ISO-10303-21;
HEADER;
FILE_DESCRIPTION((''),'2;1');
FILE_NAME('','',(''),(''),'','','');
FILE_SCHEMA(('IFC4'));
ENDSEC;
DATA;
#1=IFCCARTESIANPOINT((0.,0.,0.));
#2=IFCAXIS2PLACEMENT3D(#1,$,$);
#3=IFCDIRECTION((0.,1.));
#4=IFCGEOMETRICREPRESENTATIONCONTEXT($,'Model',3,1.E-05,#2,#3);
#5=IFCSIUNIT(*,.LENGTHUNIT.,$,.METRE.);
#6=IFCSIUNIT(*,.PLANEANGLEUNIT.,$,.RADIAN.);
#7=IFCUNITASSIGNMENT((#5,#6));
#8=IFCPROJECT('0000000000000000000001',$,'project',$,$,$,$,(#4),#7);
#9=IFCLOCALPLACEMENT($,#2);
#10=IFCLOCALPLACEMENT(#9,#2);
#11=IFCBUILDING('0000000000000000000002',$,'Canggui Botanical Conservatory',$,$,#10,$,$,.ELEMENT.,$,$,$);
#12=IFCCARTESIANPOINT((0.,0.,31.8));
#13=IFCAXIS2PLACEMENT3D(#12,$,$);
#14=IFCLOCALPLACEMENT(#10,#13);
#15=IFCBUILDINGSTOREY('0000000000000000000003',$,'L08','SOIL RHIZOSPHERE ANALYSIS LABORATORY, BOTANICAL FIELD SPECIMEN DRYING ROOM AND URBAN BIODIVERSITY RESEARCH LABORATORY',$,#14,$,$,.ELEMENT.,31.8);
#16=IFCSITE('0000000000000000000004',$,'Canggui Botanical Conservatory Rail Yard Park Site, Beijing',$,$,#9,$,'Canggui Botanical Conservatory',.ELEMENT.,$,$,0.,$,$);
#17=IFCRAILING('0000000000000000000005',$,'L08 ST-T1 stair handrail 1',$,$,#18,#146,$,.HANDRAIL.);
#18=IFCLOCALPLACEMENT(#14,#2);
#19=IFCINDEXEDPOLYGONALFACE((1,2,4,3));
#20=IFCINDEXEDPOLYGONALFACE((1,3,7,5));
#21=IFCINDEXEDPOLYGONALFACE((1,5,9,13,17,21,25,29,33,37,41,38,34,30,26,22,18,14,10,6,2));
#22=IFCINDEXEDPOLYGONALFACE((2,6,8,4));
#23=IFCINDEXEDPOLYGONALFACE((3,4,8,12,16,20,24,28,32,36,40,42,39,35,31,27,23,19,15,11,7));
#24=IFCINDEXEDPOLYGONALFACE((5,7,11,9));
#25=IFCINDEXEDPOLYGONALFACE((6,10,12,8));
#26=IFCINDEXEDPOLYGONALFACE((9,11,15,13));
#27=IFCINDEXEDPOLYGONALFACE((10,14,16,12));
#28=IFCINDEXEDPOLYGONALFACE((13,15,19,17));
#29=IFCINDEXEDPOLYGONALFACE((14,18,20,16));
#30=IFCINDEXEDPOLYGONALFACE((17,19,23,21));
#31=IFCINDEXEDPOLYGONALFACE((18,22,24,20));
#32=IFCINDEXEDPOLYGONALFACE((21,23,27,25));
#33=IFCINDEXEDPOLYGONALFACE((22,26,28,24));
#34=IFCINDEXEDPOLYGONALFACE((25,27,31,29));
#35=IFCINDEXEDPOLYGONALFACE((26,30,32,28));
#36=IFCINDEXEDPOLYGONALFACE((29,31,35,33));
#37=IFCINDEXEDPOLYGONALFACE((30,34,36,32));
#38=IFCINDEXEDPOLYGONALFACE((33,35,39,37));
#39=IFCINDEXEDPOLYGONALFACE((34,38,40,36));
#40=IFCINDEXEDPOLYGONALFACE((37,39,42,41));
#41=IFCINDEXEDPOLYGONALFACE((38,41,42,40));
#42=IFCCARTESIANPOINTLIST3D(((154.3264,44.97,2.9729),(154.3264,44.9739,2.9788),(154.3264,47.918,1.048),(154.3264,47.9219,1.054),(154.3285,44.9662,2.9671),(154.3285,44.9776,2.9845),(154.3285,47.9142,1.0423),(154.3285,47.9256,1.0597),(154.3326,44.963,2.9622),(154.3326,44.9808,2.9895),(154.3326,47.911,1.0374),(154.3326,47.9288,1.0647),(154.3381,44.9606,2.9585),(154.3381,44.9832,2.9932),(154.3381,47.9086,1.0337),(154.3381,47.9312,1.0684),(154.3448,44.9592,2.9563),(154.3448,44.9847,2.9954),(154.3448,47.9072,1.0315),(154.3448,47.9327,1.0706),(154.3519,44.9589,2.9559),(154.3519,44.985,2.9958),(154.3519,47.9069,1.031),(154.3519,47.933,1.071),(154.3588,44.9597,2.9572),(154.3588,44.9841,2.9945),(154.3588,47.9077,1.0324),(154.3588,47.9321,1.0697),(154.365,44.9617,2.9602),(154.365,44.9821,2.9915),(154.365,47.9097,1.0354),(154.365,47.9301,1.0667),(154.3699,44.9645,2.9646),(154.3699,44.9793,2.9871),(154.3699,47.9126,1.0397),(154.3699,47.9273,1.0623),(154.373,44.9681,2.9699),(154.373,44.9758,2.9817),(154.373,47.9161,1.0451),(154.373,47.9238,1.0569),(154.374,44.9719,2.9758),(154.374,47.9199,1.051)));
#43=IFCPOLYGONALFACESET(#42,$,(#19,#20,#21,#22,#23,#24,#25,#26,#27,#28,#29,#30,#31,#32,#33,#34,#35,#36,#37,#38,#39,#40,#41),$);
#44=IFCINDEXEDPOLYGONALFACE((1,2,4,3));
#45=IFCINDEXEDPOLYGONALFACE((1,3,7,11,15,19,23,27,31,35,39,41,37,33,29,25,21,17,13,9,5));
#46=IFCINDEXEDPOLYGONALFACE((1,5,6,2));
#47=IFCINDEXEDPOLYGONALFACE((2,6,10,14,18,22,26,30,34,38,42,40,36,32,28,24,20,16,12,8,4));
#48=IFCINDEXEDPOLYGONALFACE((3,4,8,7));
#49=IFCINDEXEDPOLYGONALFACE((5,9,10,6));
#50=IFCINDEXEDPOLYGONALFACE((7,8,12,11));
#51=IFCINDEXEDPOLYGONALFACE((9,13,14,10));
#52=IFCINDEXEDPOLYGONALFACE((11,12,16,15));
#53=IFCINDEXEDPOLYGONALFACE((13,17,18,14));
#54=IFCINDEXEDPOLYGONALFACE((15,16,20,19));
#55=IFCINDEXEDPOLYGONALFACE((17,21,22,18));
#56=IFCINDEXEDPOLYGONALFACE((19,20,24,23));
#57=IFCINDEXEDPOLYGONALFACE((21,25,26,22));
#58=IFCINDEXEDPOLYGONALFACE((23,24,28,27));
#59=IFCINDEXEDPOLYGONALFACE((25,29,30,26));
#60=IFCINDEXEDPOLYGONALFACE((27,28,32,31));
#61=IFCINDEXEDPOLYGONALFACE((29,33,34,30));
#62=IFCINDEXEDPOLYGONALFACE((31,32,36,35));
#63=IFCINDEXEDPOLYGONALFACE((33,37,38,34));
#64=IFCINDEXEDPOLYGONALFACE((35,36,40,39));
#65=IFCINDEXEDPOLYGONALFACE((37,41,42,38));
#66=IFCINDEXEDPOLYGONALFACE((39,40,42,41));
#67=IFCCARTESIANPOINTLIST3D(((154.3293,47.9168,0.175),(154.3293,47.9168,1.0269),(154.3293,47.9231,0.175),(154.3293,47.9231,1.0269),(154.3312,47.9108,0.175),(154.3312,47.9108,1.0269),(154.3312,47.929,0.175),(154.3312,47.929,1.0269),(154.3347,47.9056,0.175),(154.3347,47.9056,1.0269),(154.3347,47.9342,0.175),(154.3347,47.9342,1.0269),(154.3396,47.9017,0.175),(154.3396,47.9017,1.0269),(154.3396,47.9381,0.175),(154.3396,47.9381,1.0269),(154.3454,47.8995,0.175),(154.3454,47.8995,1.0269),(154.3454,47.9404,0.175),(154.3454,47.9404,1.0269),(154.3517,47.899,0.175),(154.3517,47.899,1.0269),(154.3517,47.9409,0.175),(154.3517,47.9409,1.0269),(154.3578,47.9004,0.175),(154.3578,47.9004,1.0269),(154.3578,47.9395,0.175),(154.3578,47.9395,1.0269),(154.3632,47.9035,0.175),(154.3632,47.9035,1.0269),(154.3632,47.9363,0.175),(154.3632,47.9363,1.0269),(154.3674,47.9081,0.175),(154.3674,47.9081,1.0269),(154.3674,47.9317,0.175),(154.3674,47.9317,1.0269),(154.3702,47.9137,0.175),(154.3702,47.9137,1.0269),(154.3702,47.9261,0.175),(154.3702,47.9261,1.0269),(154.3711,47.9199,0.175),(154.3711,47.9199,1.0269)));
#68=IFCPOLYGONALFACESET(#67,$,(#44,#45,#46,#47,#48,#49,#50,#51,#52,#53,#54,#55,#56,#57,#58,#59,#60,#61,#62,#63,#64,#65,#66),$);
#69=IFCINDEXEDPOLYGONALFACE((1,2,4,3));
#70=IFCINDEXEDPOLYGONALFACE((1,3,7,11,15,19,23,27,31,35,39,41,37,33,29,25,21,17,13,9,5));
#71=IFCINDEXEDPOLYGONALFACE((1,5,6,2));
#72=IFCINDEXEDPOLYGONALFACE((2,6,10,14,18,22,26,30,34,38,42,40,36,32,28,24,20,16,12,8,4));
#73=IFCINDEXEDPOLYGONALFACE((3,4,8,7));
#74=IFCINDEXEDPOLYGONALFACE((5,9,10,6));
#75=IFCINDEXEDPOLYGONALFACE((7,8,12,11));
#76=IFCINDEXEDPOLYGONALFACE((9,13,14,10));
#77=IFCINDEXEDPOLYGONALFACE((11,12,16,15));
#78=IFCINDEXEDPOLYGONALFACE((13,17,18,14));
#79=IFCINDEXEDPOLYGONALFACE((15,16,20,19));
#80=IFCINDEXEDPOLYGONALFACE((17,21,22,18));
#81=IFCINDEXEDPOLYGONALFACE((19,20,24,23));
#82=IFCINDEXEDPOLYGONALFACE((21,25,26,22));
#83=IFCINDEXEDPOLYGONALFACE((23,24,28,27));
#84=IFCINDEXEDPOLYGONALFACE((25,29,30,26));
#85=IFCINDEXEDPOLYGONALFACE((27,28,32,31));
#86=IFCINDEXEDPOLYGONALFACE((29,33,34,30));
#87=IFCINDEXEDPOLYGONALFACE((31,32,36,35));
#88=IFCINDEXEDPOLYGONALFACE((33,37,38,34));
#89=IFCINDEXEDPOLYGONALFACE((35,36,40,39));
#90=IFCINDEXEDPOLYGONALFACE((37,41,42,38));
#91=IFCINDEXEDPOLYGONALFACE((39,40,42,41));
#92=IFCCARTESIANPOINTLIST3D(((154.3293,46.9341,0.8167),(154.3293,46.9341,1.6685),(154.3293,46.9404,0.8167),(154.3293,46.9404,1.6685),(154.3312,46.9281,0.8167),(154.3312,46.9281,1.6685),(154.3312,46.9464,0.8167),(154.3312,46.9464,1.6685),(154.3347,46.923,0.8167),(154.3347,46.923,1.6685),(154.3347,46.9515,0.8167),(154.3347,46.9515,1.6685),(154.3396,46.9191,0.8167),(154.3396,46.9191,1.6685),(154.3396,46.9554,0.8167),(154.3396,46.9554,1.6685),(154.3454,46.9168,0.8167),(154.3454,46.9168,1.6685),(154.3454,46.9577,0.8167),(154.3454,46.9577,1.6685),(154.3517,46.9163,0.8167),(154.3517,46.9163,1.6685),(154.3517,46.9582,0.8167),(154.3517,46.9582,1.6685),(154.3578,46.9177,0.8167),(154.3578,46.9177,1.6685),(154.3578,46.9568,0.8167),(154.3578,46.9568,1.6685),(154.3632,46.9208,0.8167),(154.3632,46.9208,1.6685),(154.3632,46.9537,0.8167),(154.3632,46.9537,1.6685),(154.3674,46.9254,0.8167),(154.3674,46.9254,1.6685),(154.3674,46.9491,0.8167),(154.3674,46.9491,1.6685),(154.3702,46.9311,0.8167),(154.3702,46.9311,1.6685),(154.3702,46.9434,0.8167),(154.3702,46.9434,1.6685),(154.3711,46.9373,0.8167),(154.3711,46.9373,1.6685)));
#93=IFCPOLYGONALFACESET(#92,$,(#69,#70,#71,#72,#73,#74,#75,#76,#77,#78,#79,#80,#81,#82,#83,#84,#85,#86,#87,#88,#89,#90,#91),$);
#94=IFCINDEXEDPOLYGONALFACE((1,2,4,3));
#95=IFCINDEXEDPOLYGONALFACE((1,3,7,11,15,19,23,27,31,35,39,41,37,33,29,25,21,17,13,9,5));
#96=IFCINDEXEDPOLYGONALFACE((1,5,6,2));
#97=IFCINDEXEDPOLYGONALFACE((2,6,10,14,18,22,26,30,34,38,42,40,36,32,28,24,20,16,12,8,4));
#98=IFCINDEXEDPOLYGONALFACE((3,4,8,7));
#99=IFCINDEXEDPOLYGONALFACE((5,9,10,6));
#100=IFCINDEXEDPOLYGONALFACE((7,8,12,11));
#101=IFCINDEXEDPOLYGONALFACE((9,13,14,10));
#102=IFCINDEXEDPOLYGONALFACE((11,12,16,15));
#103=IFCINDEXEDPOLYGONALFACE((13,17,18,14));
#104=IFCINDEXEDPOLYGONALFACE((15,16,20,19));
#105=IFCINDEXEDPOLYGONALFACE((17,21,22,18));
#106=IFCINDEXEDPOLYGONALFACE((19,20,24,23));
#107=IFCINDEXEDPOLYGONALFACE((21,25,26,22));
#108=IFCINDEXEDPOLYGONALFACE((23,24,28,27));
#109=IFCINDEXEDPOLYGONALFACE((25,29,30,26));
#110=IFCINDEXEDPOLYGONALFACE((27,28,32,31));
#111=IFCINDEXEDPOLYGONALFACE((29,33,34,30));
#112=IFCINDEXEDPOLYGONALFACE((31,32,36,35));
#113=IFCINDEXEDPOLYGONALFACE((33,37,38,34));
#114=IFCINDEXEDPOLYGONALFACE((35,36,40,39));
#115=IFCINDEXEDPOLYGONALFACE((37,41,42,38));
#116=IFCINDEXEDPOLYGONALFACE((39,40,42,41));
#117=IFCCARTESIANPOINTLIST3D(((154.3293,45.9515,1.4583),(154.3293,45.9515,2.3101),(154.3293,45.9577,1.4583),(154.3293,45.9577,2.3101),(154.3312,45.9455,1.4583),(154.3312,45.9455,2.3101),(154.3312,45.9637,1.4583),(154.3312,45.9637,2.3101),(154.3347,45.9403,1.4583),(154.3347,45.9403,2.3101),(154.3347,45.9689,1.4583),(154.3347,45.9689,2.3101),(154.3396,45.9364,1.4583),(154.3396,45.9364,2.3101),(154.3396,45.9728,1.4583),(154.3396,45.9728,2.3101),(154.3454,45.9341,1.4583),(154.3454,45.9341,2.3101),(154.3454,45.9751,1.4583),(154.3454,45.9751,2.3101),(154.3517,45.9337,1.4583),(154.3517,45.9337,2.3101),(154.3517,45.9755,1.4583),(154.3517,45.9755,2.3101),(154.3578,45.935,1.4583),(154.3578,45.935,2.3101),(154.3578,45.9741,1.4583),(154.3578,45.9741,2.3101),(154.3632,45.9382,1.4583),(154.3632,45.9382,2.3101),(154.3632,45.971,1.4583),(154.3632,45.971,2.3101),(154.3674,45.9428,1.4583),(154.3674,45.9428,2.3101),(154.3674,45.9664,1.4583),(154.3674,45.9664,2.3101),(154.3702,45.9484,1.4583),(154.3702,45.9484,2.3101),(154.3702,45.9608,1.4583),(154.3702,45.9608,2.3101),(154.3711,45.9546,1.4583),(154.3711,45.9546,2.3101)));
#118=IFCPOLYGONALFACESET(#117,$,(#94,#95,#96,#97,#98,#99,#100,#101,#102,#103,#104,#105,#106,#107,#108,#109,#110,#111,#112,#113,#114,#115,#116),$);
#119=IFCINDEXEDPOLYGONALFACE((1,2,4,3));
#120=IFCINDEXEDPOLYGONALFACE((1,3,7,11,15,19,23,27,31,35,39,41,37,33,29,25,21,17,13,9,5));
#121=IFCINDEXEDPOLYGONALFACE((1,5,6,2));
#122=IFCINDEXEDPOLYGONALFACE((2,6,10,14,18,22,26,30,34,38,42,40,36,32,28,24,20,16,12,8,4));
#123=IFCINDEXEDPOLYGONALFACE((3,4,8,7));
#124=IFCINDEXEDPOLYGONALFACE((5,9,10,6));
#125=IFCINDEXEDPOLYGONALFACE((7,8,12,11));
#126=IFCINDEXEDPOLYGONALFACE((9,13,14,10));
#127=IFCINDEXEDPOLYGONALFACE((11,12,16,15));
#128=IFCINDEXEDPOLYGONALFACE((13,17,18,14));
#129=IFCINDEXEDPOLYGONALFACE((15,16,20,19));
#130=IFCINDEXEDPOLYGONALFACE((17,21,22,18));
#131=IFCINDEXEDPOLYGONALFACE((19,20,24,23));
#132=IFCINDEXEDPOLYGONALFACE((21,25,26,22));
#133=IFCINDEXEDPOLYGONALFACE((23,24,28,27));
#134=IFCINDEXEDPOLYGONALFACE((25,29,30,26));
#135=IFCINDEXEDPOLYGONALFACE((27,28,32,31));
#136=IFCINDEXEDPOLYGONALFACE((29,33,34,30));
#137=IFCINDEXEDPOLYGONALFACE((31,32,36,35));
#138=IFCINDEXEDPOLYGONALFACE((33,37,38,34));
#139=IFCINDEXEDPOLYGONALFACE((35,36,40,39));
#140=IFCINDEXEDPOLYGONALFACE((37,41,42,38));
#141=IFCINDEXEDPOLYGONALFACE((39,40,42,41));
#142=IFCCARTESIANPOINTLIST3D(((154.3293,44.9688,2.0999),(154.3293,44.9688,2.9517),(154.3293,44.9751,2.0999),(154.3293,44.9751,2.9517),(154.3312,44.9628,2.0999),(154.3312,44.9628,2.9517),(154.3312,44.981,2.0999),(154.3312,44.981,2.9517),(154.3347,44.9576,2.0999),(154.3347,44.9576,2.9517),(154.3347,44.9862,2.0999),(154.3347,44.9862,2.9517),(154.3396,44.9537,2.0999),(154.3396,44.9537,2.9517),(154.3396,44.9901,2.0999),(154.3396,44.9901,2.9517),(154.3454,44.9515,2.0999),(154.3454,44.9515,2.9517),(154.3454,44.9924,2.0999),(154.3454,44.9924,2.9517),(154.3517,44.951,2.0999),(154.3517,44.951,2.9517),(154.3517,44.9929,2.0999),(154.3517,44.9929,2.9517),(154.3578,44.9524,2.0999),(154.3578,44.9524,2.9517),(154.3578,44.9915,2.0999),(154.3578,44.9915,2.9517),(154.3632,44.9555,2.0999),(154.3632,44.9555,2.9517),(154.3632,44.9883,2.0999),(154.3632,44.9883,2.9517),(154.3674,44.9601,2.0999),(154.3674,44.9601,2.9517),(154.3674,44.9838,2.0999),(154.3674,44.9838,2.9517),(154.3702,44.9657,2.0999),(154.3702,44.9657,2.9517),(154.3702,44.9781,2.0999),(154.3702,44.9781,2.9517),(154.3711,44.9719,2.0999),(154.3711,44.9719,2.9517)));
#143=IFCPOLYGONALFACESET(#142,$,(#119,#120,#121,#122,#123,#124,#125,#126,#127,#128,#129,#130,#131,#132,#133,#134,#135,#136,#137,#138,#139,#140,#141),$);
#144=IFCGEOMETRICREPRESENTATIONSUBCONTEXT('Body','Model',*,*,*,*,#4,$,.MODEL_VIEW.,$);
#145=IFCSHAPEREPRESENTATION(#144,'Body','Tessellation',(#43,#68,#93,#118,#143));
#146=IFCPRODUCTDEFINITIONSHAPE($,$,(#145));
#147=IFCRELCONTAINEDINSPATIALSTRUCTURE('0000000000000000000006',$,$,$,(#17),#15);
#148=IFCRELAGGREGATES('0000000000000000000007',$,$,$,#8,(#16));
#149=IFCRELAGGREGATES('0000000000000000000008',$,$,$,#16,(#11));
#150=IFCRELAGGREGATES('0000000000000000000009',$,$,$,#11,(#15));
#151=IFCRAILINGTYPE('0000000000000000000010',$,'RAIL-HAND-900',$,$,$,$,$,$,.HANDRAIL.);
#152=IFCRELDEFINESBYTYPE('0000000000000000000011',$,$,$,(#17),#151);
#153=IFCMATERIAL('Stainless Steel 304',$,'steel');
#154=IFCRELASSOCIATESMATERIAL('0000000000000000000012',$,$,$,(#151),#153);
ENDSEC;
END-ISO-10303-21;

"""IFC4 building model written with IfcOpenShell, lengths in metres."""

from ifc_helpers import new_model, si_unit, direction, frame, origin, origin_2d, place, context, subcontext, project, spatial, circle, extrude, material, type_object, element, save


model = new_model("IFC4")

# Units and contexts
model_context = context("Model", 3, precision=1e-05, world=origin(), true_north=direction((0.0, 1.0)))
body_context = subcontext(model_context, "Body", "Model", "MODEL_VIEW")
ifc_project = project(units=[si_unit("LENGTHUNIT", "METRE"), si_unit("PLANEANGLEUNIT", "RADIAN")], contexts=[model_context])

# Site, building, storey
site_placement = place(None, origin())
site = spatial("IfcSite", under=ifc_project, at=site_placement, Name="Canggui Botanical Conservatory Rail Yard Park Site, Beijing", LongName="Canggui Botanical Conservatory", CompositionType="ELEMENT", RefElevation=0.0)
building_placement = place(site_placement, origin())
building = spatial("IfcBuilding", under=site, at=building_placement, Name="Canggui Botanical Conservatory", CompositionType="ELEMENT")
storey_placement = place(building_placement, frame((0.0, 0.0, 31.8)))
storey = spatial("IfcBuildingStorey", under=building, at=storey_placement, Name="L08", Description="SOIL RHIZOSPHERE ANALYSIS LABORATORY, BOTANICAL FIELD SPECIMEN DRYING ROOM AND URBAN BIODIVERSITY RESEARCH LABORATORY", CompositionType="ELEMENT", Elevation=31.8)

# Railing
ifc_material_1 = material(Name="Stainless Steel 304", Category="steel")
railing_type = type_object("IfcRailingType", Name="RAIL-HAND-900", PredefinedType="HANDRAIL", material=ifc_material_1)
railing_placement = place(storey_placement, frame((154.3501, 47.9199, 0.175)))
element("IfcRailing", 1, at=railing_placement, inside=storey, type_object=railing_type, Name="L08 ST-T1 stair handrail 1", PredefinedType="HANDRAIL", context=body_context, shape_type="SweptSolid", body=[
    extrude(circle(Radius=0.0239, at=origin_2d()), frame((0.0, 0.0, 0.876), z_axis=(0.0, -0.837325, 0.546706), x_axis=(1.0, 0.0, 0.0)), (0.0, 0.0, 1.0), 3.5208),
    extrude(circle(Radius=0.021, at=origin_2d()), origin(), (0.0, 0.0, 1.0), 0.8518),
    extrude(circle(Radius=0.021, at=origin_2d()), frame((0.0, -0.9827, 0.6416)), (0.0, 0.0, 1.0), 0.8518),
    extrude(circle(Radius=0.021, at=origin_2d()), frame((0.0, -1.9653, 1.2832)), (0.0, 0.0, 1.0), 0.8518),
    extrude(circle(Radius=0.021, at=origin_2d()), frame((0.0, -2.948, 1.9248)), (0.0, 0.0, 1.0), 0.8518),
])

save(model, "model.ifc")
